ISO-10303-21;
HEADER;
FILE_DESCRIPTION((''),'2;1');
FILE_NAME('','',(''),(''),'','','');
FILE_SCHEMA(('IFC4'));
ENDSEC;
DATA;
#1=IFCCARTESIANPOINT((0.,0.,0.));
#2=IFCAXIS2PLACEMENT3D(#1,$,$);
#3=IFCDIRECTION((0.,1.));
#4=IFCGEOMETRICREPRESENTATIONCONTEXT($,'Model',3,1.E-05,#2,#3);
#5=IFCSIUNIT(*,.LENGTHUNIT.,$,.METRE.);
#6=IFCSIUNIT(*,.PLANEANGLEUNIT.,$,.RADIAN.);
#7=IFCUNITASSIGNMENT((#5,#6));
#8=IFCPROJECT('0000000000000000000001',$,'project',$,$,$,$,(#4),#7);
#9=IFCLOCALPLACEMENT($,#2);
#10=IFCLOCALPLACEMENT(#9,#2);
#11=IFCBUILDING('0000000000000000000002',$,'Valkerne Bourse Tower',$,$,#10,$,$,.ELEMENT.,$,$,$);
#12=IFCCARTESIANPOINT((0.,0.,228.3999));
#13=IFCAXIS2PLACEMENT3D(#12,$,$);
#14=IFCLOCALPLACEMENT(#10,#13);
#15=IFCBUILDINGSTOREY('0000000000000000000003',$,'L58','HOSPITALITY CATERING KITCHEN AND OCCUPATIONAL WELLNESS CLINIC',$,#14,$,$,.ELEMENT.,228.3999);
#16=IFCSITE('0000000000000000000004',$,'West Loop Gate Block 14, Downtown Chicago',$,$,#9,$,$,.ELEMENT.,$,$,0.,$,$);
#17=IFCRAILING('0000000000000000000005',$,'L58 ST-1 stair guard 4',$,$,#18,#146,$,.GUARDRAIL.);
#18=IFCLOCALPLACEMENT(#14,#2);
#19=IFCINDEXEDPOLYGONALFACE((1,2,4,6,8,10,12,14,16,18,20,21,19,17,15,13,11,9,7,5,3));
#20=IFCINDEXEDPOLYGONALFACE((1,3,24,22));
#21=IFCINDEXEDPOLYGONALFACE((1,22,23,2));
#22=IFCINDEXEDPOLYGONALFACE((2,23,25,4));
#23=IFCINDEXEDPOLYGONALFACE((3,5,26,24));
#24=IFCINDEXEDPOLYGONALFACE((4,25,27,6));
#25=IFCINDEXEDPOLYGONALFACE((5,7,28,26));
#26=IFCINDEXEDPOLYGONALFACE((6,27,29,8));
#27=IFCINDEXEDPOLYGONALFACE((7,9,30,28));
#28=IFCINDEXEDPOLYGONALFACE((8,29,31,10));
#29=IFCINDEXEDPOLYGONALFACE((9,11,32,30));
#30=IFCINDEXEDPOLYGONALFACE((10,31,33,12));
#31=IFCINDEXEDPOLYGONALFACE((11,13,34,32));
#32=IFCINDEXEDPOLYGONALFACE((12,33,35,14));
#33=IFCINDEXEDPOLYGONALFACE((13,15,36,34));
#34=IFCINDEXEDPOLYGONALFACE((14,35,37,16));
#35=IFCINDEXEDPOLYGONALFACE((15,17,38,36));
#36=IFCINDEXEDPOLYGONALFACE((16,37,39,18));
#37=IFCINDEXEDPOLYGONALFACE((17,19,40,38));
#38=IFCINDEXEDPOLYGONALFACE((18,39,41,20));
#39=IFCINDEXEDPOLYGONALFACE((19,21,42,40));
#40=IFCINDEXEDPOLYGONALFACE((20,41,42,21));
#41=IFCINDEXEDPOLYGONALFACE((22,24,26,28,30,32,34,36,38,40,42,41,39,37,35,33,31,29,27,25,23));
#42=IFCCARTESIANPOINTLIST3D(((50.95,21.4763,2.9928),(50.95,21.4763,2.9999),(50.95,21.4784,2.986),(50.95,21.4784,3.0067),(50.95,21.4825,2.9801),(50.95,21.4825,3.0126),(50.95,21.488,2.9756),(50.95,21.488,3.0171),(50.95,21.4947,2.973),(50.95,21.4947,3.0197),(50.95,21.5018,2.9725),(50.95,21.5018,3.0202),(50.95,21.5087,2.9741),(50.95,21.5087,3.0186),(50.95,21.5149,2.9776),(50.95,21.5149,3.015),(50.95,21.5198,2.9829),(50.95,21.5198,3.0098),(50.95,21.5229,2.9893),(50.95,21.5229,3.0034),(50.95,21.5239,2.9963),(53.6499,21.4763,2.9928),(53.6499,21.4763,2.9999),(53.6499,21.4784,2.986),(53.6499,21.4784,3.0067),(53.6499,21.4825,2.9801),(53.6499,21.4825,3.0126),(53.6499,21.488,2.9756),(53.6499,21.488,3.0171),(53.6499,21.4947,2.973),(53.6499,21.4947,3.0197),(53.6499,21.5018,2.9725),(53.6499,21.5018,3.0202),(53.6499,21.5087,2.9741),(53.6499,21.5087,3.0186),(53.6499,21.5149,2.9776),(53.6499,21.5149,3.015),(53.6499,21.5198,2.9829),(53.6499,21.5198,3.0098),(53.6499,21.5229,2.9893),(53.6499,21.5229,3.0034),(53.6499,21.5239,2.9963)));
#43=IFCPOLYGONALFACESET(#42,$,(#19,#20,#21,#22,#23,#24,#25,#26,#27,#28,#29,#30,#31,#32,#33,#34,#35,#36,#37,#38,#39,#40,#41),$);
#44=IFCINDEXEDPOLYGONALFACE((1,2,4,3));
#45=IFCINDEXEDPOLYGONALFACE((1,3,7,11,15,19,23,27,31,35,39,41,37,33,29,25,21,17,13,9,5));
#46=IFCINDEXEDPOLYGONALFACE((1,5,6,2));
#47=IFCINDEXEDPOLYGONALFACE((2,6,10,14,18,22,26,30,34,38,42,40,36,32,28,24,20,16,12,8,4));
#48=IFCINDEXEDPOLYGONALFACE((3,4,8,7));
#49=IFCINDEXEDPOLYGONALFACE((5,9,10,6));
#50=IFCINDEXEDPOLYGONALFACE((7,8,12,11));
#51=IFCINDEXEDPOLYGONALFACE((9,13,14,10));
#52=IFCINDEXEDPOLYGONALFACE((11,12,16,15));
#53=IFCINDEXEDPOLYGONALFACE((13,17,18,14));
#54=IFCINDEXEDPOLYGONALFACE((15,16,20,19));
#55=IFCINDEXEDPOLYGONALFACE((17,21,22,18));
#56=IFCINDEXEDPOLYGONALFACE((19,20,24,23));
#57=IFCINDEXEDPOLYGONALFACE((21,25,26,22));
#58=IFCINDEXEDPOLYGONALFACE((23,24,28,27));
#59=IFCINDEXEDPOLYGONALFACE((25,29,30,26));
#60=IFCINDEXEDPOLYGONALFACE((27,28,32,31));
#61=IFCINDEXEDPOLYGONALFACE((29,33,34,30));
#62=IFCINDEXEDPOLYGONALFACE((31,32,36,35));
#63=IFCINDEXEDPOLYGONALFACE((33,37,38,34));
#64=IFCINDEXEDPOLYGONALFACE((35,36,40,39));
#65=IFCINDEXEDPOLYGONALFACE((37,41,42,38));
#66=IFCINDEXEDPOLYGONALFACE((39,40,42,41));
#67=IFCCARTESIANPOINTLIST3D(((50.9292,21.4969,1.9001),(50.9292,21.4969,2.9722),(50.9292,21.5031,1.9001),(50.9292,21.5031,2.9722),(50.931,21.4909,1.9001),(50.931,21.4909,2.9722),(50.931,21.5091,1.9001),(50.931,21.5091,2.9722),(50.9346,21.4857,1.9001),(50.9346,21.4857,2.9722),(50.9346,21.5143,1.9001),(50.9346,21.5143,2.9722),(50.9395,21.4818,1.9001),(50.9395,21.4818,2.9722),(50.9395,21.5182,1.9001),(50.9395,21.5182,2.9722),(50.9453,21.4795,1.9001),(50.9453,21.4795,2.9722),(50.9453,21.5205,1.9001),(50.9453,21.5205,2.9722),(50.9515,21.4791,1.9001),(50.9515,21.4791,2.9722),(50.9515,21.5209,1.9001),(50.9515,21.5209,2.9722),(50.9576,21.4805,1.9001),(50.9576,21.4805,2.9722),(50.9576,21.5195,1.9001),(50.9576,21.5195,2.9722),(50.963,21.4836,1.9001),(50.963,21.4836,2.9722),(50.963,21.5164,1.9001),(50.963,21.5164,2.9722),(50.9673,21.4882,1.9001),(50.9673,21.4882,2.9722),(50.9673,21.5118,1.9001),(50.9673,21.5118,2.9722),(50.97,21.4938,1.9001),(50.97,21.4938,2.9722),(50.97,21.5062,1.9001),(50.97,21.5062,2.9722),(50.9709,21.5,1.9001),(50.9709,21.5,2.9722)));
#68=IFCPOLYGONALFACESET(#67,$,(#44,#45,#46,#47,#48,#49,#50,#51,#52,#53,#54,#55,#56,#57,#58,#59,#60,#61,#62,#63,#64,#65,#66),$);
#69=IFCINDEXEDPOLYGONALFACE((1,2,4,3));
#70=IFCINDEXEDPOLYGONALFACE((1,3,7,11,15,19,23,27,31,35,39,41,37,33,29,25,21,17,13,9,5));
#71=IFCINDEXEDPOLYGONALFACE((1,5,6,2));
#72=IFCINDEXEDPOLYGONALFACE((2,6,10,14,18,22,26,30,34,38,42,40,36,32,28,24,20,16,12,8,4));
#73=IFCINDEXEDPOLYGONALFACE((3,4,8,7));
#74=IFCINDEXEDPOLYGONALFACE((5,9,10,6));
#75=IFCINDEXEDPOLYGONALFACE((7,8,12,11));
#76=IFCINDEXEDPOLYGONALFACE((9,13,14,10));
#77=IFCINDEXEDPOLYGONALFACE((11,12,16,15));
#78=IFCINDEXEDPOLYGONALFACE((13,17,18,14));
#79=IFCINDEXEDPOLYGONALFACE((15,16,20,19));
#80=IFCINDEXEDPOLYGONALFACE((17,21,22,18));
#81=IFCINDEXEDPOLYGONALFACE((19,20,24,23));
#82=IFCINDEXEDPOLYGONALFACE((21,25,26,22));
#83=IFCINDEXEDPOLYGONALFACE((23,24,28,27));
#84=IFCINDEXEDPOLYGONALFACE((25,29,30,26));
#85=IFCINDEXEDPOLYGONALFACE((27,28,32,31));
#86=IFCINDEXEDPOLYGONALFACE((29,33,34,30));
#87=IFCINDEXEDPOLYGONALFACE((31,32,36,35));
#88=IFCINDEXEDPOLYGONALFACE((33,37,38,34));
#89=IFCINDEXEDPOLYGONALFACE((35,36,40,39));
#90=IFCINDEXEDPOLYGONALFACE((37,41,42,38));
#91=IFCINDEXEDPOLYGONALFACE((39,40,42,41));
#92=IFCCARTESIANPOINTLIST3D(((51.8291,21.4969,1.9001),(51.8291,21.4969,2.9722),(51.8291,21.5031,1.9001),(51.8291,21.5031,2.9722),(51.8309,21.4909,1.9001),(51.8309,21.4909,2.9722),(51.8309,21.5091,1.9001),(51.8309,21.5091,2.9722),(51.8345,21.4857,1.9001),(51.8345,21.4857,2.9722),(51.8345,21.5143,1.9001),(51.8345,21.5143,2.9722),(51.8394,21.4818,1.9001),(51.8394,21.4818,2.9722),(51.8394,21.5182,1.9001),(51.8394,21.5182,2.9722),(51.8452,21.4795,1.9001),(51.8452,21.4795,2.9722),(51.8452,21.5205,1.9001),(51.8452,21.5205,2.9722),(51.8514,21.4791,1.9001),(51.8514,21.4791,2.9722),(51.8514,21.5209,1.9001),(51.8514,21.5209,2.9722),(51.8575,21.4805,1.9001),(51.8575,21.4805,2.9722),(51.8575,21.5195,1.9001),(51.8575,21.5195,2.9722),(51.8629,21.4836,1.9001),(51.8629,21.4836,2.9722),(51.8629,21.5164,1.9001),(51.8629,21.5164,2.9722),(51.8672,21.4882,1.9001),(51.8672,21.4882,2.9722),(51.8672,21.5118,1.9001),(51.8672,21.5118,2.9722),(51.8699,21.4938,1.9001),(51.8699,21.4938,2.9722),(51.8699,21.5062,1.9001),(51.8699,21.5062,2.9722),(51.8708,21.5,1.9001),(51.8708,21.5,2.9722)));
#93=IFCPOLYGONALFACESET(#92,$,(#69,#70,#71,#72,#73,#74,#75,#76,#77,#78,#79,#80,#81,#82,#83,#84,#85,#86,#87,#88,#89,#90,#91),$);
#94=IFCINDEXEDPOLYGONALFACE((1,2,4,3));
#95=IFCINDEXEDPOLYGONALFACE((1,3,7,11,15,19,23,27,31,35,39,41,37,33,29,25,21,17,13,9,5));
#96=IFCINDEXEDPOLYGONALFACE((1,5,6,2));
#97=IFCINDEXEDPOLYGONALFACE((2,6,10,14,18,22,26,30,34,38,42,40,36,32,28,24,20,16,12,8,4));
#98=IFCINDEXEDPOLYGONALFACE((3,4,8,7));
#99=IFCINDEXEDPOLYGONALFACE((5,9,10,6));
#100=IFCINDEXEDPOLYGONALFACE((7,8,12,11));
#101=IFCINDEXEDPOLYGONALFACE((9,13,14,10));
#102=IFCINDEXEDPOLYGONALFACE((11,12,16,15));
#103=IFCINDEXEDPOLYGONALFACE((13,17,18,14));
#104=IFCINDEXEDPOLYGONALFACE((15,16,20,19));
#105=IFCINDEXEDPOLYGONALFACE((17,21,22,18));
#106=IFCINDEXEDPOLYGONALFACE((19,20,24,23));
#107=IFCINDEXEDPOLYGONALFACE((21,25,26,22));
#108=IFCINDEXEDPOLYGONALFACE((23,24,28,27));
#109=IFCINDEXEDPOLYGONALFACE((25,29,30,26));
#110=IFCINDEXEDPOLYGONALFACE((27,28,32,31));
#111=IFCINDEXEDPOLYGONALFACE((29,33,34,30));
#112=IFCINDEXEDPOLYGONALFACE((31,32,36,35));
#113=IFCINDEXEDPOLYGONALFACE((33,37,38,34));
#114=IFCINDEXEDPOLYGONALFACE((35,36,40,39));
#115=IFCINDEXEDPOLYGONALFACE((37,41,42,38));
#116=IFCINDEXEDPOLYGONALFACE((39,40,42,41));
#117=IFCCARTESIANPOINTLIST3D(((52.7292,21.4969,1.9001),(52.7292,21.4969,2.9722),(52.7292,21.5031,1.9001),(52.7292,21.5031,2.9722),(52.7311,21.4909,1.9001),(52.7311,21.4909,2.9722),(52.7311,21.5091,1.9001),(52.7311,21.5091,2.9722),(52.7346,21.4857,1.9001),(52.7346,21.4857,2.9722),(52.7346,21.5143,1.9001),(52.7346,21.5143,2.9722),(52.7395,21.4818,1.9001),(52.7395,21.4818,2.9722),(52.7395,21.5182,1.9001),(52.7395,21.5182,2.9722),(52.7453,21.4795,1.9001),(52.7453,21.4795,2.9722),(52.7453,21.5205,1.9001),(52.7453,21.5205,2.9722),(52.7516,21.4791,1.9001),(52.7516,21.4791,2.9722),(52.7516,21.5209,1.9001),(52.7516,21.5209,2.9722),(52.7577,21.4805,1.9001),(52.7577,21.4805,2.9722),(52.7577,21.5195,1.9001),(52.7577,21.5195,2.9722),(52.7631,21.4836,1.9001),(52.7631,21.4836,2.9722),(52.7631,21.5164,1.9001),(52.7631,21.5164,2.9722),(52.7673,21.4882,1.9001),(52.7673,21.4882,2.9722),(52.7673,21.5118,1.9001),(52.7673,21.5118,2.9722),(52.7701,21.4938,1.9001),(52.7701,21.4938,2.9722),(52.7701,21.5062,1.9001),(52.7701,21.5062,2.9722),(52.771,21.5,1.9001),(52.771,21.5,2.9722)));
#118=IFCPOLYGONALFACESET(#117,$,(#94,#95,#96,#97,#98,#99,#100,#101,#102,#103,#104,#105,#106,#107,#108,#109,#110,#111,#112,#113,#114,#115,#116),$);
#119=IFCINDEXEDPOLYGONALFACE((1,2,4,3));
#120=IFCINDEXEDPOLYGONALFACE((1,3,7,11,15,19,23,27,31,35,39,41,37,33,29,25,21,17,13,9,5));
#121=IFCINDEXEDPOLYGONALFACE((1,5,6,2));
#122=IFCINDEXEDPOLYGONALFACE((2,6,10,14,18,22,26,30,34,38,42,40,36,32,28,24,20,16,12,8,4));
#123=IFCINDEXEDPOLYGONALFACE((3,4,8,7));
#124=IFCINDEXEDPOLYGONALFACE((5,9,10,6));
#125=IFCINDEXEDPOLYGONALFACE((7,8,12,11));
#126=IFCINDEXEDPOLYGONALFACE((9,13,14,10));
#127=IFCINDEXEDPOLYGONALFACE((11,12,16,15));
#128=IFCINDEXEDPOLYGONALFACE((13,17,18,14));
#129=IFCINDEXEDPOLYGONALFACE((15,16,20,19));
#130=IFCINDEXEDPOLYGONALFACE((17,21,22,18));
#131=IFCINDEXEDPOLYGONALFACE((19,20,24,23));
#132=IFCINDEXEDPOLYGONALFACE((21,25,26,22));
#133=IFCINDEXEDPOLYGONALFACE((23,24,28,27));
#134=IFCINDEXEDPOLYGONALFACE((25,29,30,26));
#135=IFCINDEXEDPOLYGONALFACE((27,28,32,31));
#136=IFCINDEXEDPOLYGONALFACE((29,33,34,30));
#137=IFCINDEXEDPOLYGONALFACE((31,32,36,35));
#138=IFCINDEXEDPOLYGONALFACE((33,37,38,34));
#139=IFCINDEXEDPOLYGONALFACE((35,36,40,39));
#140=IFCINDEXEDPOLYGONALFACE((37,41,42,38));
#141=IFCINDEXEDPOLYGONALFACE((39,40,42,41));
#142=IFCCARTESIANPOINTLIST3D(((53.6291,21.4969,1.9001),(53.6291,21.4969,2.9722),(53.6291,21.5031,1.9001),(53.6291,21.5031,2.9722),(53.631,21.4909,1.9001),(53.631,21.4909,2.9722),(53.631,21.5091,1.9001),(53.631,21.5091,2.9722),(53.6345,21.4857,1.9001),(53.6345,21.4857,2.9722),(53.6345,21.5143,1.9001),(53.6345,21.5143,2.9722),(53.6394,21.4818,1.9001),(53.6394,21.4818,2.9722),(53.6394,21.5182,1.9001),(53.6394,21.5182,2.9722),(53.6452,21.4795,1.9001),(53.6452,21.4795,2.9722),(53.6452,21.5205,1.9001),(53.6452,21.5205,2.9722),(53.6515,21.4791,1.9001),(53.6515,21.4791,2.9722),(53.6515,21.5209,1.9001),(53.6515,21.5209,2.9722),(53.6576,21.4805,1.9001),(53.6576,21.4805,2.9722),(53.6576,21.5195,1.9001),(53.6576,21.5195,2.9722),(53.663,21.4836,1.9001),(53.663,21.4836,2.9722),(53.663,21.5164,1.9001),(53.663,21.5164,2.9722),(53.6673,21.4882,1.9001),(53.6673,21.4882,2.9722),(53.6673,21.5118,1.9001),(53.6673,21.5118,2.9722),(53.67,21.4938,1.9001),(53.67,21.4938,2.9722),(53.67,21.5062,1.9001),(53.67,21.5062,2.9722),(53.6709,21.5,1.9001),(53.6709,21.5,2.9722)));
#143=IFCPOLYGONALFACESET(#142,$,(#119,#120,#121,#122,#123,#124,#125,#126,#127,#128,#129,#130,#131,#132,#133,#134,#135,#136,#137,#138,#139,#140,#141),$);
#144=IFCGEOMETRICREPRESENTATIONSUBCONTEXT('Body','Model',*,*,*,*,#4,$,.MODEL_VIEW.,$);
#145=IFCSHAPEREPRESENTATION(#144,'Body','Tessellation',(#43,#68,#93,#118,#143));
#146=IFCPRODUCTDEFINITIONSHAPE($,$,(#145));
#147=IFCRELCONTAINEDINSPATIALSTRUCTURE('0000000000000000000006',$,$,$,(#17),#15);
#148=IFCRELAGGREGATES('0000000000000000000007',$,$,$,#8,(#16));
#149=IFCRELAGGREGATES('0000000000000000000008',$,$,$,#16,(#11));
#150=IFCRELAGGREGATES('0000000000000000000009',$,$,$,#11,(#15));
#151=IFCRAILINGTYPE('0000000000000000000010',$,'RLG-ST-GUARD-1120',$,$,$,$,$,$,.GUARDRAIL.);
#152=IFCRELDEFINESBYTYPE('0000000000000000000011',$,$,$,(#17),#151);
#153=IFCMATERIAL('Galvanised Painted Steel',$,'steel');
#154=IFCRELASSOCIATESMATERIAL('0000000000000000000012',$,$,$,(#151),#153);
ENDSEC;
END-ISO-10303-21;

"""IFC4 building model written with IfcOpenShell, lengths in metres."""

from ifc_helpers import new_model, si_unit, direction, frame, origin, origin_2d, place, context, subcontext, project, spatial, circle, extrude, material, type_object, element, save


model = new_model("IFC4")

# Units and contexts
model_context = context("Model", 3, precision=1e-05, world=origin(), true_north=direction((0.0, 1.0)))
body_context = subcontext(model_context, "Body", "Model", "MODEL_VIEW")
ifc_project = project(units=[si_unit("LENGTHUNIT", "METRE"), si_unit("PLANEANGLEUNIT", "RADIAN")], contexts=[model_context])

# Site, building, storey
site_placement = place(None, origin())
site = spatial("IfcSite", under=ifc_project, at=site_placement, Name="West Loop Gate Block 14, Downtown Chicago", CompositionType="ELEMENT", RefElevation=0.0)
building_placement = place(site_placement, origin())
building = spatial("IfcBuilding", under=site, at=building_placement, Name="Valkerne Bourse Tower", CompositionType="ELEMENT")
storey_placement = place(building_placement, frame((0.0, 0.0, 228.3999)))
storey = spatial("IfcBuildingStorey", under=building, at=storey_placement, Name="L58", Description="HOSPITALITY CATERING KITCHEN AND OCCUPATIONAL WELLNESS CLINIC", CompositionType="ELEMENT", Elevation=228.3999)

# Shared definitions
ifc_material_1 = material(Name="Galvanised Painted Steel", Category="steel")

# Railing
railing_type_1 = type_object("IfcRailingType", Name="RLG-ST-GUARD-1120", PredefinedType="GUARDRAIL", material=ifc_material_1)
for number, where, name in (
    (1, (50.95, 21.5, 1.9001), "L58 ST-1 stair guard 4"),
):
    element("IfcRailing", number, at=place(storey_placement, frame(where)), inside=storey, type_object=railing_type_1, Name=name, PredefinedType="GUARDRAIL", context=body_context, shape_type="SweptSolid", body=[
        extrude(circle(Radius=0.0239, at=origin_2d()), frame((0.0, 0.0, 1.0962), z_axis=(1.0, 0.0, 0.0), x_axis=(0.0, 1.0, 0.0)), (0.0, 0.0, 1.0), 2.7),
        extrude(circle(Radius=0.021, at=origin_2d()), origin(), (0.0, 0.0, 1.0), 1.072),
        extrude(circle(Radius=0.021, at=origin_2d()), frame((0.8999, 0.0, 0.0)), (0.0, 0.0, 1.0), 1.072),
        extrude(circle(Radius=0.021, at=origin_2d()), frame((1.8, 0.0, 0.0)), (0.0, 0.0, 1.0), 1.072),
        extrude(circle(Radius=0.021, at=origin_2d()), frame((2.7, 0.0, 0.0)), (0.0, 0.0, 1.0), 1.072),
    ])

save(model, "model.ifc")
